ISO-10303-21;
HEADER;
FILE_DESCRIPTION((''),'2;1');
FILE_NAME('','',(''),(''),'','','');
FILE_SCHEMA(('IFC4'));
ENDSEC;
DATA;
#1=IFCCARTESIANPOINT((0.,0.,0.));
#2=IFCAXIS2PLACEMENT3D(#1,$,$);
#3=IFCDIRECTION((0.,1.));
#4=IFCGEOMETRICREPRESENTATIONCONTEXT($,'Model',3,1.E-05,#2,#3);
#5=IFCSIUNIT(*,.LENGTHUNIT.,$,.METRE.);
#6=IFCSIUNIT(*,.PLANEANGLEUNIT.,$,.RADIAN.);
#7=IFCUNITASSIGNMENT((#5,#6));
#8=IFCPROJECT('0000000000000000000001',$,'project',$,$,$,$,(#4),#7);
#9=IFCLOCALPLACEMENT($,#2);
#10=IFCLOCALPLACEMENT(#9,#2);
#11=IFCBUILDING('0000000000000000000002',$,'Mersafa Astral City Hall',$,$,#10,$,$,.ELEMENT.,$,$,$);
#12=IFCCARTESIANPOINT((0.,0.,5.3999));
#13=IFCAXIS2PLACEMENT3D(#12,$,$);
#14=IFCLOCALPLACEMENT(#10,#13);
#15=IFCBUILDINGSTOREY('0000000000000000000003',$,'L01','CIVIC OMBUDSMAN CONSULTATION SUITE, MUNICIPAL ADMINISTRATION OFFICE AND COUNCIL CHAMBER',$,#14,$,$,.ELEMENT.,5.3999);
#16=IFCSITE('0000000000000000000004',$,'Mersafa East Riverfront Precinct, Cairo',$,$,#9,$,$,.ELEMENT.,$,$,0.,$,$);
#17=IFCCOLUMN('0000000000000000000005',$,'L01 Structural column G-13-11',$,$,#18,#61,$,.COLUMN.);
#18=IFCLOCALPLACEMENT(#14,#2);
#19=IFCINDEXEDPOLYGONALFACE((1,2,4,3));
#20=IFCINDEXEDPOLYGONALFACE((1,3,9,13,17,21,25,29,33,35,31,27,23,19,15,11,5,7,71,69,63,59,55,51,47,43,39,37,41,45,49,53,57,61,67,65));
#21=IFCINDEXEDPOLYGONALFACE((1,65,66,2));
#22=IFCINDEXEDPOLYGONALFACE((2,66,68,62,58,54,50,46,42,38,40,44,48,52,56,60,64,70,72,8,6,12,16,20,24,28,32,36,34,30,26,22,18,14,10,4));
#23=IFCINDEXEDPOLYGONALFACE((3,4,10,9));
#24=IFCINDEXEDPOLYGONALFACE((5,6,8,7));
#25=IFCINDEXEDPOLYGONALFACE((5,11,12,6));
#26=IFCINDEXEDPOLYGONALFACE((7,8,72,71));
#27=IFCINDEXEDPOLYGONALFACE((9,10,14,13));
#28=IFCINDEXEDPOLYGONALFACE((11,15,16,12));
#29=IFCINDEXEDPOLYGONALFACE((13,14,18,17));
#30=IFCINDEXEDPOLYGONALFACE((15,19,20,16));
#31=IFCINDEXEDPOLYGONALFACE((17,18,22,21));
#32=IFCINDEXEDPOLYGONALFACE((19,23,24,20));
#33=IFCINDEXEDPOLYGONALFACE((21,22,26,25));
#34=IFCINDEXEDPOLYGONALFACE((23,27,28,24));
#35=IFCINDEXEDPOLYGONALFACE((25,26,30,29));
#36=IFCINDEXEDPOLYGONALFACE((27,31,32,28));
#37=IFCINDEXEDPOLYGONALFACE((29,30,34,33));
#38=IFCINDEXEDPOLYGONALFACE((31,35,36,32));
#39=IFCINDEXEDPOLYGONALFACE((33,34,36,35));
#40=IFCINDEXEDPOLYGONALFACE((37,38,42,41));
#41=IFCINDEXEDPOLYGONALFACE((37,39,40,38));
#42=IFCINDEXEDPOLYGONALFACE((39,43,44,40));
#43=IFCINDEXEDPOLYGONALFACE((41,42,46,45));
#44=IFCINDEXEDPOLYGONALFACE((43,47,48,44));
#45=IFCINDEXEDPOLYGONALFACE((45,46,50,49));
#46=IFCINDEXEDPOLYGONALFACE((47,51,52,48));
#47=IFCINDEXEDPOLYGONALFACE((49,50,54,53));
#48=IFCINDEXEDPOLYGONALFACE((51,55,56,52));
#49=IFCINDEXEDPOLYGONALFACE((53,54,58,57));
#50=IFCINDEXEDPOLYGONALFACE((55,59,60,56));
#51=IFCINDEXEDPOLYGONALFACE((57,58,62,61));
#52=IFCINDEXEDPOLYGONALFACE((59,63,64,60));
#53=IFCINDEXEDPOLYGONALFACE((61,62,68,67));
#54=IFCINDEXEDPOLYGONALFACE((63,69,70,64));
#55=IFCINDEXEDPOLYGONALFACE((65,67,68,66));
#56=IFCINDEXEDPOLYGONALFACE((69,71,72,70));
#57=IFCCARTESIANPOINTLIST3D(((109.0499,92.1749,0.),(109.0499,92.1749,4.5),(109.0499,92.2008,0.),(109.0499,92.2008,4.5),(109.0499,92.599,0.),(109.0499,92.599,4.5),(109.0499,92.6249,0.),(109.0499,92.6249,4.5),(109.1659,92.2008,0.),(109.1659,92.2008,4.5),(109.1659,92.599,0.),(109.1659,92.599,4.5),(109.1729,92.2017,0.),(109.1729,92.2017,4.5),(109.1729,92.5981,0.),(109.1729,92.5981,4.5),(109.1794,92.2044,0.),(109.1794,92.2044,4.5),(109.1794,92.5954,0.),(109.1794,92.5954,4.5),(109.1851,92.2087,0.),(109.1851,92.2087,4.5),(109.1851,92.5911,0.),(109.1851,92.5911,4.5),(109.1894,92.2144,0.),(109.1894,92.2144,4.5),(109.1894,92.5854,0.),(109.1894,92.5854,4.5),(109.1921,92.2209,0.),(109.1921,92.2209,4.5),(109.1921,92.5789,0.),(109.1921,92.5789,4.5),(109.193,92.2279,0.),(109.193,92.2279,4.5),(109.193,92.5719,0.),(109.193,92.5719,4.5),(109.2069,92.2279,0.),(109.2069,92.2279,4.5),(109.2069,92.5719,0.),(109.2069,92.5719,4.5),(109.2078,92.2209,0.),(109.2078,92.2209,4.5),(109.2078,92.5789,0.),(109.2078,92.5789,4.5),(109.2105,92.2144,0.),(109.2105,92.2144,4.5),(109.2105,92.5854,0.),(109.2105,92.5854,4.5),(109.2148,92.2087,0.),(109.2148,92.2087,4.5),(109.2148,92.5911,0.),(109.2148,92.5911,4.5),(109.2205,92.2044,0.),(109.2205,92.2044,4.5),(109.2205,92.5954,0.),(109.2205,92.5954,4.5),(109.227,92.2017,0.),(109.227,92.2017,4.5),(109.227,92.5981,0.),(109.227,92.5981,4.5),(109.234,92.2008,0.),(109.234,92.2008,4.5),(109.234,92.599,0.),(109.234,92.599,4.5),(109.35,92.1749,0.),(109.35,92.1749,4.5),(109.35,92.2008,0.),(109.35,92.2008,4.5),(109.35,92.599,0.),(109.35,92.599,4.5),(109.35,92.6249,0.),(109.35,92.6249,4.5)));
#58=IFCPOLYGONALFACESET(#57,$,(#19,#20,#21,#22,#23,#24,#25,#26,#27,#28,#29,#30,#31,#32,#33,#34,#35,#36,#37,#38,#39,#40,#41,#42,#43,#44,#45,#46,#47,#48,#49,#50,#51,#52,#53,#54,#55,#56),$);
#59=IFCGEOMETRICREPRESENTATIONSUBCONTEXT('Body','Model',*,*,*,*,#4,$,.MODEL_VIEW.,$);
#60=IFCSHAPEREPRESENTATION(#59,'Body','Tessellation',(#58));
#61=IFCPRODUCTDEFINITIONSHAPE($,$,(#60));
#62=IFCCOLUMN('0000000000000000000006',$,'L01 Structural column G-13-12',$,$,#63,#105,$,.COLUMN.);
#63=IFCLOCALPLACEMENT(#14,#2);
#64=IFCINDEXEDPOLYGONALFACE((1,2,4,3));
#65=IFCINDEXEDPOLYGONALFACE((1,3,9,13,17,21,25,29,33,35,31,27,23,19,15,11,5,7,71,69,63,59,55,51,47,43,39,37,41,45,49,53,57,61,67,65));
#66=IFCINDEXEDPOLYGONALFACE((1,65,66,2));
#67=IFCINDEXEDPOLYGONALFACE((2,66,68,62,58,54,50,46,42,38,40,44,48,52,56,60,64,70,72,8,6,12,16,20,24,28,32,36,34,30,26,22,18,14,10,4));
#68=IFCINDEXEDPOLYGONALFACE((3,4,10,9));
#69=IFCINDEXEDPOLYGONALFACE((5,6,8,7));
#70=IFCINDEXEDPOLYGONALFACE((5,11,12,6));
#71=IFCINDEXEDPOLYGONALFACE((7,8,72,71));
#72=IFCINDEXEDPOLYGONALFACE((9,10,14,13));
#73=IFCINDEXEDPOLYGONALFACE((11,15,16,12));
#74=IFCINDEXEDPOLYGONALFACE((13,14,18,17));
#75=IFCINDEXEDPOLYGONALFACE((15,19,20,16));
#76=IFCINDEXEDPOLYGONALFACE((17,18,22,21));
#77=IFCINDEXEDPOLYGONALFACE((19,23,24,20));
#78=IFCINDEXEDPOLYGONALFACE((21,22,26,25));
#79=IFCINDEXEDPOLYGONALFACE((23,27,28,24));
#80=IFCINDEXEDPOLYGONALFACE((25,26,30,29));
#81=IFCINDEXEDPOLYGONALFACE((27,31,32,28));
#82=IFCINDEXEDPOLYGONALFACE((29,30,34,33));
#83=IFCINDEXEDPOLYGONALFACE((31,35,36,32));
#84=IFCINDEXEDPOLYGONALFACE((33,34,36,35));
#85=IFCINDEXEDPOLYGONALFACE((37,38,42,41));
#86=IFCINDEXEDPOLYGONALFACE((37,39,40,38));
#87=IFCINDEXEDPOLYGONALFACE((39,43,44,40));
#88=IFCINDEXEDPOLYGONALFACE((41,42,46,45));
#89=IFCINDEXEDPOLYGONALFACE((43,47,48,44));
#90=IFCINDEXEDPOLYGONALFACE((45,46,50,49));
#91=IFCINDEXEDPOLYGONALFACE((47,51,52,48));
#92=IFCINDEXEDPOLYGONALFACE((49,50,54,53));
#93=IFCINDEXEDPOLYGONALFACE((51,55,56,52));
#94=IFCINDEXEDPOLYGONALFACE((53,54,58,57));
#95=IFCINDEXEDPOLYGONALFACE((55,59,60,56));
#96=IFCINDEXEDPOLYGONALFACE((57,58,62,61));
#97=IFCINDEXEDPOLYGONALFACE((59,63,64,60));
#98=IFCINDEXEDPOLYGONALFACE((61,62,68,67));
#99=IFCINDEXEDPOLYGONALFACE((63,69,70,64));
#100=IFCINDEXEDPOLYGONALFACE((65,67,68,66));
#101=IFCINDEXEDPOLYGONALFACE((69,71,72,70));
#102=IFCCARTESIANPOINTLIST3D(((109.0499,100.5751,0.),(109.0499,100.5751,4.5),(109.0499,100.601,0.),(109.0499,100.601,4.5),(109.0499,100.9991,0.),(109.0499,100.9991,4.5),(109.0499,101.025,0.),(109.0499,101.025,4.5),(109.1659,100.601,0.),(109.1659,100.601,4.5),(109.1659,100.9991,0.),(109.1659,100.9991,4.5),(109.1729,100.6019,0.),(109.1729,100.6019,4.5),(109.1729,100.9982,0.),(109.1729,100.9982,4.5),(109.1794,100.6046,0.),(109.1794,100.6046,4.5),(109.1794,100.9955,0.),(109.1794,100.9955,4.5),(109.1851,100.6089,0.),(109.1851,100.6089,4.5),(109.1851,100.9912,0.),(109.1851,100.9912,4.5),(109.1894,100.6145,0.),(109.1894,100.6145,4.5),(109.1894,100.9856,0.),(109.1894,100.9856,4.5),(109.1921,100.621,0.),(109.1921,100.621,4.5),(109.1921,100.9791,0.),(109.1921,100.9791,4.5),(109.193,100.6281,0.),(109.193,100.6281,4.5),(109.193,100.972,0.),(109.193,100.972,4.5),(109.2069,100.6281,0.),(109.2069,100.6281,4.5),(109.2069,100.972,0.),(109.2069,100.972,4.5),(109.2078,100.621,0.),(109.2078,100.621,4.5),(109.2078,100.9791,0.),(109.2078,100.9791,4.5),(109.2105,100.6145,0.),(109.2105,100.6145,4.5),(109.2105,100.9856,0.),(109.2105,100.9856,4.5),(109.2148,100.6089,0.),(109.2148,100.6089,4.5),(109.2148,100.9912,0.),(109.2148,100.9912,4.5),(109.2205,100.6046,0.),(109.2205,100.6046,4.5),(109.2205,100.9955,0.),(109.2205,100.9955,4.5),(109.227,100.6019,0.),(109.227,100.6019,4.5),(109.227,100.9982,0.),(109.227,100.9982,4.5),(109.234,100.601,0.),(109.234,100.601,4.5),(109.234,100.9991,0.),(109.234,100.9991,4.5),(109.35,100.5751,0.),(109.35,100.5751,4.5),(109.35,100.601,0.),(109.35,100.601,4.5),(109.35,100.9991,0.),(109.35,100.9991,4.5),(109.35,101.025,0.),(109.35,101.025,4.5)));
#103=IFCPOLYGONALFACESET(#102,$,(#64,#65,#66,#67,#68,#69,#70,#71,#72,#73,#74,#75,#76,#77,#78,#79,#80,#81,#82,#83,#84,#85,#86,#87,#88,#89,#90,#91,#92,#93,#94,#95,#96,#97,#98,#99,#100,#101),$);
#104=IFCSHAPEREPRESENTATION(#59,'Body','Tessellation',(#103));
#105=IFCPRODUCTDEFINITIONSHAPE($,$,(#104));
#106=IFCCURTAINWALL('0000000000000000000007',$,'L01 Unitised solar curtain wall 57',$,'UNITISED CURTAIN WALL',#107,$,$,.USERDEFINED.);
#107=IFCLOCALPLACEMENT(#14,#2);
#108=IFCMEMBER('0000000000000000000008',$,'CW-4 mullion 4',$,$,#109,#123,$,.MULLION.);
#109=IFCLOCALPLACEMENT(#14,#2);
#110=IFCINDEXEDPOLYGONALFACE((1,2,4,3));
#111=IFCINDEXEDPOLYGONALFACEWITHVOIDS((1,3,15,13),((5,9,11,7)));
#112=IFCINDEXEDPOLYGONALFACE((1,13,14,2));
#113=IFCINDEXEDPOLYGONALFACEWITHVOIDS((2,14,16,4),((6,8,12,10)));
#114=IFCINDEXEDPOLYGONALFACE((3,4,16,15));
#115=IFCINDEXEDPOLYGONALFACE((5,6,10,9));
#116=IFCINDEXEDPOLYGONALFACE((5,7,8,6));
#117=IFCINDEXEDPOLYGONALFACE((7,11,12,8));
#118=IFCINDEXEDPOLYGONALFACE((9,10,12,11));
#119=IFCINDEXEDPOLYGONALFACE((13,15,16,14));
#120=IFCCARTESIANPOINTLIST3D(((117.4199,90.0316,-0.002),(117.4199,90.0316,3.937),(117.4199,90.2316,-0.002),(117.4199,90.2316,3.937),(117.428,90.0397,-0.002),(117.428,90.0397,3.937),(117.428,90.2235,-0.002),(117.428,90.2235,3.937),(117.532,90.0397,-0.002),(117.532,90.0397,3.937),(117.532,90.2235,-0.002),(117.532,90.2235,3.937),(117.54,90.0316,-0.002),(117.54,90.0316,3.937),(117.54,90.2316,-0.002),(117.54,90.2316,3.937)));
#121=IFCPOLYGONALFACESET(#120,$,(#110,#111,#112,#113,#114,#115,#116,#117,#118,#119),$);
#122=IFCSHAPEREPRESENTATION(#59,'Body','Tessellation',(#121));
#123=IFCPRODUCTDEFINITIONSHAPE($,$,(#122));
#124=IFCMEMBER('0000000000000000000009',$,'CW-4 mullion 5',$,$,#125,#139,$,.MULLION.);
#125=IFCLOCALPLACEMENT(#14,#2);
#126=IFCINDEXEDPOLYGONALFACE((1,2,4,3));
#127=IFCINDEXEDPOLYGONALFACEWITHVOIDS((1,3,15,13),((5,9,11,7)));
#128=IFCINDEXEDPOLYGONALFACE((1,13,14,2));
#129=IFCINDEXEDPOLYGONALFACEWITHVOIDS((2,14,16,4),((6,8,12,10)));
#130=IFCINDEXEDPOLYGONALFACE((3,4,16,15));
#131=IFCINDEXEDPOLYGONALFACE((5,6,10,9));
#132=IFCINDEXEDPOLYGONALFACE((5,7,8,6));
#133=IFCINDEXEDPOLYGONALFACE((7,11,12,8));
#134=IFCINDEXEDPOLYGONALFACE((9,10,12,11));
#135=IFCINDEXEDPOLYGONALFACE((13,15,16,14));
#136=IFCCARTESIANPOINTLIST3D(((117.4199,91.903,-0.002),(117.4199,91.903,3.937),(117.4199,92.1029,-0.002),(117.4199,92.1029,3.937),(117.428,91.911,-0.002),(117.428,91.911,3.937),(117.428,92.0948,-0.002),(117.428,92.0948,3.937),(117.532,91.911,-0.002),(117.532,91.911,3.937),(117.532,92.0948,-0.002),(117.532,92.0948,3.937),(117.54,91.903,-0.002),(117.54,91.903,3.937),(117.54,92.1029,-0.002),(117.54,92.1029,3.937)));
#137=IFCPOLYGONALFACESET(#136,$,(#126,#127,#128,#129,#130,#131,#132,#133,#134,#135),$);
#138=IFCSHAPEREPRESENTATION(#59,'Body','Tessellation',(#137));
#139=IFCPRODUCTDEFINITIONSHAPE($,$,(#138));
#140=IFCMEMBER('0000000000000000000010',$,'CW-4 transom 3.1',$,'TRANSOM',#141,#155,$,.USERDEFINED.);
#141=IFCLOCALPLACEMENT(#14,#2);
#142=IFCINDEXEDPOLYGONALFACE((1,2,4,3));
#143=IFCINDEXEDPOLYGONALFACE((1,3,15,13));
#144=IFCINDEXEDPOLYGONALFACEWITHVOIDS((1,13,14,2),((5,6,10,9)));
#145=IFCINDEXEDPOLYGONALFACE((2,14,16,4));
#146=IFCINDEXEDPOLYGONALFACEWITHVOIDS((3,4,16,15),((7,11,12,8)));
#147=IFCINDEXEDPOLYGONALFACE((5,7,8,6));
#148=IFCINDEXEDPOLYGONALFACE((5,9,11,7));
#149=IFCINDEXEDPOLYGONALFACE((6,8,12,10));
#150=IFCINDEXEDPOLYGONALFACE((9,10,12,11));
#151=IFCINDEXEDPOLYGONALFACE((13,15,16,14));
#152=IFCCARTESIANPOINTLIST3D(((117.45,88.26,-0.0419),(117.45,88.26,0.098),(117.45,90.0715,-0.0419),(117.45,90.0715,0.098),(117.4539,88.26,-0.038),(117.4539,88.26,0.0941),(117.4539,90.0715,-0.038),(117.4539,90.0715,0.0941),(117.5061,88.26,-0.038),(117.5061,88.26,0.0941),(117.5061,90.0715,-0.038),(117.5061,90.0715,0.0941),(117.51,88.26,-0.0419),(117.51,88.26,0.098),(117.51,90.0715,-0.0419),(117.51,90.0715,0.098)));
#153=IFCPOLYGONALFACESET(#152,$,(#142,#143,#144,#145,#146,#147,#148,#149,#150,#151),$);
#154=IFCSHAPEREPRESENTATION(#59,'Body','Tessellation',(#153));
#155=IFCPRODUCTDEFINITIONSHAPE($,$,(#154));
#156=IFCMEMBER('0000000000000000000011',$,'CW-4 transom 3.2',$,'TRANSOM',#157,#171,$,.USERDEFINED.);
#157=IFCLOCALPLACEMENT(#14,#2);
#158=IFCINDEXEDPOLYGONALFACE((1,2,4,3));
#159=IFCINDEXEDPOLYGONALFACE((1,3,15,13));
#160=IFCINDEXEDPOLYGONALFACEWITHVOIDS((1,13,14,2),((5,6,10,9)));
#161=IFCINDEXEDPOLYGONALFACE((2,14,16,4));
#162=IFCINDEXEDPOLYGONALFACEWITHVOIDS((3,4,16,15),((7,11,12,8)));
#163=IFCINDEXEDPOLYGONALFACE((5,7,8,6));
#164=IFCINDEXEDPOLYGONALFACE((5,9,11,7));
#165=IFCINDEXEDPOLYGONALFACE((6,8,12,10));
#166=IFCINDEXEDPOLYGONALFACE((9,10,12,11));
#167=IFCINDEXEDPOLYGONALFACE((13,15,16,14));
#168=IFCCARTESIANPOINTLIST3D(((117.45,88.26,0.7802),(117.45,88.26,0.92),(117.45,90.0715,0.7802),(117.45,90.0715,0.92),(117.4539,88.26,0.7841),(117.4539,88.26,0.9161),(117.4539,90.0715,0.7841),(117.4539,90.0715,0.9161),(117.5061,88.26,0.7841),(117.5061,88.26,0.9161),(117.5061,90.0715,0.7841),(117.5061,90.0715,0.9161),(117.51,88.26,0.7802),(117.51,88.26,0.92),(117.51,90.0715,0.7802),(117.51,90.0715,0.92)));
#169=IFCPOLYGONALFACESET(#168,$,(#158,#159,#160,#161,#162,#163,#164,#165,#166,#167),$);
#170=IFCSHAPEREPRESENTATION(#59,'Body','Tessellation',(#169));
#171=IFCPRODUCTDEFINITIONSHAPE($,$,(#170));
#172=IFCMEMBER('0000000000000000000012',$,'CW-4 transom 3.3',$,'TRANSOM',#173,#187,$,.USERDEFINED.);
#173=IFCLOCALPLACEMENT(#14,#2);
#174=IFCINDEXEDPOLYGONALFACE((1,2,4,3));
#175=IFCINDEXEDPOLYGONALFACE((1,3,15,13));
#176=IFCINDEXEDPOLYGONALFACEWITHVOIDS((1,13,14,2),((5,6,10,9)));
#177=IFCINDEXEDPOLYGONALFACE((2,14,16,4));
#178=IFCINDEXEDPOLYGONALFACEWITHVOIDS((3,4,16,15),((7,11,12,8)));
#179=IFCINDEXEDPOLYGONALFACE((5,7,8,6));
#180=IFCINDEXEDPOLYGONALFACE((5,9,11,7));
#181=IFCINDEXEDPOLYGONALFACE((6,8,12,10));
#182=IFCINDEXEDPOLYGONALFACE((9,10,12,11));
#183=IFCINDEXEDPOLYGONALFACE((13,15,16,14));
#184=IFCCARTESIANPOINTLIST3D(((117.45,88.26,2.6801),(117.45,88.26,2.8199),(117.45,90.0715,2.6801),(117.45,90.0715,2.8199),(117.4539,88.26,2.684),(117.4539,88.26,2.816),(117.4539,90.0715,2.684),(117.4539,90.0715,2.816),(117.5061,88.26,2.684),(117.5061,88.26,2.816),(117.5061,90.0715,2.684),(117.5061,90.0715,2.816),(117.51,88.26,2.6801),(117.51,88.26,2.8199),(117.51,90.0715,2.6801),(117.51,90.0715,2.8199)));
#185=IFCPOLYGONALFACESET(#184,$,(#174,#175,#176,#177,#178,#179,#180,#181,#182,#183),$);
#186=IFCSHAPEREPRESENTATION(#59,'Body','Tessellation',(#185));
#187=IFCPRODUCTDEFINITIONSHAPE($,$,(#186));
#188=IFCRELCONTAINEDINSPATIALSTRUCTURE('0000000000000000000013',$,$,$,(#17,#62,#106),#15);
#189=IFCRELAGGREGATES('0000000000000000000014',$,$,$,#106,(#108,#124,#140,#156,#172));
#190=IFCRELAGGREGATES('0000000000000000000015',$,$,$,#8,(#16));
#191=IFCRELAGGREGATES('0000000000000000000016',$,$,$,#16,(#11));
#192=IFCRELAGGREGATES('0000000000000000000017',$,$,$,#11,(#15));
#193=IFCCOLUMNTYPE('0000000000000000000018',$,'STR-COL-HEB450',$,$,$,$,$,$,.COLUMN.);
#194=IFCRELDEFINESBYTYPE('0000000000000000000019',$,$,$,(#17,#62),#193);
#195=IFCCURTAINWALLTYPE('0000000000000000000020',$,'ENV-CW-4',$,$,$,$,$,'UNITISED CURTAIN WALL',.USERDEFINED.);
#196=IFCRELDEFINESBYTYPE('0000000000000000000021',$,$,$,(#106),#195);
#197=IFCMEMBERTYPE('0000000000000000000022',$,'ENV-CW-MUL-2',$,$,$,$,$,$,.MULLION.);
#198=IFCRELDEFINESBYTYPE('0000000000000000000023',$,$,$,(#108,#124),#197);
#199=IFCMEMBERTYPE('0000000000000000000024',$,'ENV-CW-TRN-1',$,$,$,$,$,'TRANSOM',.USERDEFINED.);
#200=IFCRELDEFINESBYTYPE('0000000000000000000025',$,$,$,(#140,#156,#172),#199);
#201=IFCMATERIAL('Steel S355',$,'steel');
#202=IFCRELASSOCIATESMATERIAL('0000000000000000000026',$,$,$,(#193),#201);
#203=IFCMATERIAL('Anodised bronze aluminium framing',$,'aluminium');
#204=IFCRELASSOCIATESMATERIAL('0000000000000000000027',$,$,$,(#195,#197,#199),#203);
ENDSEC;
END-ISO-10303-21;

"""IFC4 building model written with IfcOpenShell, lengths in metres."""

from ifc_helpers import new_model, si_unit, direction, frame, origin, origin_2d, place, context, subcontext, project, spatial, hollow_rectangle, i_section, extrude, material, material_profile, profile_set, type_object, element, aggregate, save


model = new_model("IFC4")

# Units and contexts
model_context = context("Model", 3, precision=1e-05, world=origin(), true_north=direction((0.0, 1.0)))
body_context = subcontext(model_context, "Body", "Model", "MODEL_VIEW")
ifc_project = project(units=[si_unit("LENGTHUNIT", "METRE"), si_unit("PLANEANGLEUNIT", "RADIAN")], contexts=[model_context])

# Site, building, storey
site_placement = place(None, origin())
site = spatial("IfcSite", under=ifc_project, at=site_placement, Name="Mersafa East Riverfront Precinct, Cairo", CompositionType="ELEMENT", RefElevation=0.0)
building_placement = place(site_placement, origin())
building = spatial("IfcBuilding", under=site, at=building_placement, Name="Mersafa Astral City Hall", CompositionType="ELEMENT")
storey_placement = place(building_placement, frame((0.0, 0.0, 5.3999)))
storey = spatial("IfcBuildingStorey", under=building, at=storey_placement, Name="L01", Description="CIVIC OMBUDSMAN CONSULTATION SUITE, MUNICIPAL ADMINISTRATION OFFICE AND COUNCIL CHAMBER", CompositionType="ELEMENT", Elevation=5.3999)

# Columns
ifc_material_1 = material(Name="Steel S355", Category="steel")
ifc_material_profile_1 = material_profile(ifc_material_1, i_section(OverallWidth=0.3, OverallDepth=0.45, WebThickness=0.0139, FlangeThickness=0.0259, FilletRadius=0.0271, at=origin_2d()), Name="HEB 450")
ifc_profile_set_1 = profile_set([ifc_material_profile_1], Name="Steel S355")
column_type = type_object("IfcColumnType", Name="STR-COL-HEB450", PredefinedType="COLUMN", material=ifc_profile_set_1)
for number, where, z_axis, x_axis, name in (
    (1, (109.2, 92.3999, 0.0), (0.0, 0.0, 1.0), (1.0, 0.0, 0.0), "L01 Structural column G-13-11"),
    (2, (109.2, 100.8, 0.0), (0.0, 0.0, 1.0), (1.0, 0.0, 0.0), "L01 Structural column G-13-12"),
):
    element("IfcColumn", number, at=place(storey_placement, frame(where, z_axis=z_axis, x_axis=x_axis)), inside=storey, type_object=column_type, Name=name, PredefinedType="COLUMN", context=body_context, shape_type="SweptSolid", body=[
        extrude(i_section(OverallWidth=0.3, OverallDepth=0.45, WebThickness=0.0139, FlangeThickness=0.0259, FilletRadius=0.0271, at=origin_2d()), origin(), (0.0, 0.0, 1.0), 4.5),
    ])

# Curtain wall, members
ifc_material_2 = material(Name="Anodised bronze aluminium framing", Category="aluminium")
curtain_wall_type = type_object("IfcCurtainWallType", Name="ENV-CW-4", ElementType="UNITISED CURTAIN WALL", PredefinedType="USERDEFINED", material=ifc_material_2)
curtain_wall_placement = place(storey_placement, origin())
curtain_wall = element("IfcCurtainWall", 3, at=curtain_wall_placement, inside=storey, type_object=curtain_wall_type, Name="L01 Unitised solar curtain wall 57", ObjectType="UNITISED CURTAIN WALL", PredefinedType="USERDEFINED")
ifc_material_profile_2 = material_profile(ifc_material_2, hollow_rectangle(XDim=0.1201, YDim=0.2, WallThickness=0.0081, at=origin_2d()), Name="RHS 120x200x8")
ifc_profile_set_2 = profile_set([ifc_material_profile_2], Name="Anodised bronze aluminium framing")
member_type_1 = type_object("IfcMemberType", Name="ENV-CW-MUL-2", PredefinedType="MULLION", material=ifc_profile_set_2)
member_1_placement = place(storey_placement, frame((117.48, 90.1316, -0.002), z_axis=(0.0, 0.0, 1.0), x_axis=(-1.0, 0.0, 0.0)))
member_1 = element("IfcMember", 4, at=member_1_placement, type_object=member_type_1, Name="CW-4 mullion 4", PredefinedType="MULLION", context=body_context, shape_type="SweptSolid", body=[
    extrude(hollow_rectangle(XDim=0.1201, YDim=0.2, WallThickness=0.0081, at=origin_2d()), origin(), (0.0, 0.0, 1.0), 3.939),
])
member_2_placement = place(storey_placement, frame((117.48, 92.0029, -0.002), z_axis=(0.0, 0.0, 1.0), x_axis=(-1.0, 0.0, 0.0)))
member_2 = element("IfcMember", 5, at=member_2_placement, type_object=member_type_1, Name="CW-4 mullion 5", PredefinedType="MULLION", context=body_context, shape_type="SweptSolid", body=[
    extrude(hollow_rectangle(XDim=0.1201, YDim=0.2, WallThickness=0.0081, at=origin_2d()), origin(), (0.0, 0.0, 1.0), 3.939),
])
ifc_material_profile_3 = material_profile(ifc_material_2, hollow_rectangle(XDim=0.0601, YDim=0.1399, WallThickness=0.0039, at=origin_2d()), Name="RHS 60x140x4")
ifc_profile_set_3 = profile_set([ifc_material_profile_3], Name="Anodised bronze aluminium framing")
member_type_2 = type_object("IfcMemberType", Name="ENV-CW-TRN-1", ElementType="TRANSOM", PredefinedType="USERDEFINED", material=ifc_profile_set_3)
member_3_placement = place(storey_placement, frame((117.48, 88.26, 0.0281), z_axis=(0.0, 1.0, 0.0), x_axis=(-1.0, 0.0, 0.0)))
member_3 = element("IfcMember", 6, at=member_3_placement, type_object=member_type_2, Name="CW-4 transom 3.1", ObjectType="TRANSOM", PredefinedType="USERDEFINED", context=body_context, shape_type="SweptSolid", body=[
    extrude(hollow_rectangle(XDim=0.0601, YDim=0.1399, WallThickness=0.0039, at=origin_2d()), origin(), (0.0, 0.0, 1.0), 1.8115),
])
member_4_placement = place(storey_placement, frame((117.48, 88.26, 0.8501), z_axis=(0.0, 1.0, 0.0), x_axis=(-1.0, 0.0, 0.0)))
member_4 = element("IfcMember", 7, at=member_4_placement, type_object=member_type_2, Name="CW-4 transom 3.2", ObjectType="TRANSOM", PredefinedType="USERDEFINED", context=body_context, shape_type="SweptSolid", body=[
    extrude(hollow_rectangle(XDim=0.0601, YDim=0.1399, WallThickness=0.0039, at=origin_2d()), origin(), (0.0, 0.0, 1.0), 1.8115),
])
member_5_placement = place(storey_placement, frame((117.48, 88.26, 2.75), z_axis=(0.0, 1.0, 0.0), x_axis=(-1.0, 0.0, 0.0)))
member_5 = element("IfcMember", 8, at=member_5_placement, type_object=member_type_2, Name="CW-4 transom 3.3", ObjectType="TRANSOM", PredefinedType="USERDEFINED", context=body_context, shape_type="SweptSolid", body=[
    extrude(hollow_rectangle(XDim=0.0601, YDim=0.1399, WallThickness=0.0039, at=origin_2d()), origin(), (0.0, 0.0, 1.0), 1.8115),
])

aggregate(curtain_wall, [member_1, member_2, member_3, member_4, member_5])

save(model, "model.ifc")
